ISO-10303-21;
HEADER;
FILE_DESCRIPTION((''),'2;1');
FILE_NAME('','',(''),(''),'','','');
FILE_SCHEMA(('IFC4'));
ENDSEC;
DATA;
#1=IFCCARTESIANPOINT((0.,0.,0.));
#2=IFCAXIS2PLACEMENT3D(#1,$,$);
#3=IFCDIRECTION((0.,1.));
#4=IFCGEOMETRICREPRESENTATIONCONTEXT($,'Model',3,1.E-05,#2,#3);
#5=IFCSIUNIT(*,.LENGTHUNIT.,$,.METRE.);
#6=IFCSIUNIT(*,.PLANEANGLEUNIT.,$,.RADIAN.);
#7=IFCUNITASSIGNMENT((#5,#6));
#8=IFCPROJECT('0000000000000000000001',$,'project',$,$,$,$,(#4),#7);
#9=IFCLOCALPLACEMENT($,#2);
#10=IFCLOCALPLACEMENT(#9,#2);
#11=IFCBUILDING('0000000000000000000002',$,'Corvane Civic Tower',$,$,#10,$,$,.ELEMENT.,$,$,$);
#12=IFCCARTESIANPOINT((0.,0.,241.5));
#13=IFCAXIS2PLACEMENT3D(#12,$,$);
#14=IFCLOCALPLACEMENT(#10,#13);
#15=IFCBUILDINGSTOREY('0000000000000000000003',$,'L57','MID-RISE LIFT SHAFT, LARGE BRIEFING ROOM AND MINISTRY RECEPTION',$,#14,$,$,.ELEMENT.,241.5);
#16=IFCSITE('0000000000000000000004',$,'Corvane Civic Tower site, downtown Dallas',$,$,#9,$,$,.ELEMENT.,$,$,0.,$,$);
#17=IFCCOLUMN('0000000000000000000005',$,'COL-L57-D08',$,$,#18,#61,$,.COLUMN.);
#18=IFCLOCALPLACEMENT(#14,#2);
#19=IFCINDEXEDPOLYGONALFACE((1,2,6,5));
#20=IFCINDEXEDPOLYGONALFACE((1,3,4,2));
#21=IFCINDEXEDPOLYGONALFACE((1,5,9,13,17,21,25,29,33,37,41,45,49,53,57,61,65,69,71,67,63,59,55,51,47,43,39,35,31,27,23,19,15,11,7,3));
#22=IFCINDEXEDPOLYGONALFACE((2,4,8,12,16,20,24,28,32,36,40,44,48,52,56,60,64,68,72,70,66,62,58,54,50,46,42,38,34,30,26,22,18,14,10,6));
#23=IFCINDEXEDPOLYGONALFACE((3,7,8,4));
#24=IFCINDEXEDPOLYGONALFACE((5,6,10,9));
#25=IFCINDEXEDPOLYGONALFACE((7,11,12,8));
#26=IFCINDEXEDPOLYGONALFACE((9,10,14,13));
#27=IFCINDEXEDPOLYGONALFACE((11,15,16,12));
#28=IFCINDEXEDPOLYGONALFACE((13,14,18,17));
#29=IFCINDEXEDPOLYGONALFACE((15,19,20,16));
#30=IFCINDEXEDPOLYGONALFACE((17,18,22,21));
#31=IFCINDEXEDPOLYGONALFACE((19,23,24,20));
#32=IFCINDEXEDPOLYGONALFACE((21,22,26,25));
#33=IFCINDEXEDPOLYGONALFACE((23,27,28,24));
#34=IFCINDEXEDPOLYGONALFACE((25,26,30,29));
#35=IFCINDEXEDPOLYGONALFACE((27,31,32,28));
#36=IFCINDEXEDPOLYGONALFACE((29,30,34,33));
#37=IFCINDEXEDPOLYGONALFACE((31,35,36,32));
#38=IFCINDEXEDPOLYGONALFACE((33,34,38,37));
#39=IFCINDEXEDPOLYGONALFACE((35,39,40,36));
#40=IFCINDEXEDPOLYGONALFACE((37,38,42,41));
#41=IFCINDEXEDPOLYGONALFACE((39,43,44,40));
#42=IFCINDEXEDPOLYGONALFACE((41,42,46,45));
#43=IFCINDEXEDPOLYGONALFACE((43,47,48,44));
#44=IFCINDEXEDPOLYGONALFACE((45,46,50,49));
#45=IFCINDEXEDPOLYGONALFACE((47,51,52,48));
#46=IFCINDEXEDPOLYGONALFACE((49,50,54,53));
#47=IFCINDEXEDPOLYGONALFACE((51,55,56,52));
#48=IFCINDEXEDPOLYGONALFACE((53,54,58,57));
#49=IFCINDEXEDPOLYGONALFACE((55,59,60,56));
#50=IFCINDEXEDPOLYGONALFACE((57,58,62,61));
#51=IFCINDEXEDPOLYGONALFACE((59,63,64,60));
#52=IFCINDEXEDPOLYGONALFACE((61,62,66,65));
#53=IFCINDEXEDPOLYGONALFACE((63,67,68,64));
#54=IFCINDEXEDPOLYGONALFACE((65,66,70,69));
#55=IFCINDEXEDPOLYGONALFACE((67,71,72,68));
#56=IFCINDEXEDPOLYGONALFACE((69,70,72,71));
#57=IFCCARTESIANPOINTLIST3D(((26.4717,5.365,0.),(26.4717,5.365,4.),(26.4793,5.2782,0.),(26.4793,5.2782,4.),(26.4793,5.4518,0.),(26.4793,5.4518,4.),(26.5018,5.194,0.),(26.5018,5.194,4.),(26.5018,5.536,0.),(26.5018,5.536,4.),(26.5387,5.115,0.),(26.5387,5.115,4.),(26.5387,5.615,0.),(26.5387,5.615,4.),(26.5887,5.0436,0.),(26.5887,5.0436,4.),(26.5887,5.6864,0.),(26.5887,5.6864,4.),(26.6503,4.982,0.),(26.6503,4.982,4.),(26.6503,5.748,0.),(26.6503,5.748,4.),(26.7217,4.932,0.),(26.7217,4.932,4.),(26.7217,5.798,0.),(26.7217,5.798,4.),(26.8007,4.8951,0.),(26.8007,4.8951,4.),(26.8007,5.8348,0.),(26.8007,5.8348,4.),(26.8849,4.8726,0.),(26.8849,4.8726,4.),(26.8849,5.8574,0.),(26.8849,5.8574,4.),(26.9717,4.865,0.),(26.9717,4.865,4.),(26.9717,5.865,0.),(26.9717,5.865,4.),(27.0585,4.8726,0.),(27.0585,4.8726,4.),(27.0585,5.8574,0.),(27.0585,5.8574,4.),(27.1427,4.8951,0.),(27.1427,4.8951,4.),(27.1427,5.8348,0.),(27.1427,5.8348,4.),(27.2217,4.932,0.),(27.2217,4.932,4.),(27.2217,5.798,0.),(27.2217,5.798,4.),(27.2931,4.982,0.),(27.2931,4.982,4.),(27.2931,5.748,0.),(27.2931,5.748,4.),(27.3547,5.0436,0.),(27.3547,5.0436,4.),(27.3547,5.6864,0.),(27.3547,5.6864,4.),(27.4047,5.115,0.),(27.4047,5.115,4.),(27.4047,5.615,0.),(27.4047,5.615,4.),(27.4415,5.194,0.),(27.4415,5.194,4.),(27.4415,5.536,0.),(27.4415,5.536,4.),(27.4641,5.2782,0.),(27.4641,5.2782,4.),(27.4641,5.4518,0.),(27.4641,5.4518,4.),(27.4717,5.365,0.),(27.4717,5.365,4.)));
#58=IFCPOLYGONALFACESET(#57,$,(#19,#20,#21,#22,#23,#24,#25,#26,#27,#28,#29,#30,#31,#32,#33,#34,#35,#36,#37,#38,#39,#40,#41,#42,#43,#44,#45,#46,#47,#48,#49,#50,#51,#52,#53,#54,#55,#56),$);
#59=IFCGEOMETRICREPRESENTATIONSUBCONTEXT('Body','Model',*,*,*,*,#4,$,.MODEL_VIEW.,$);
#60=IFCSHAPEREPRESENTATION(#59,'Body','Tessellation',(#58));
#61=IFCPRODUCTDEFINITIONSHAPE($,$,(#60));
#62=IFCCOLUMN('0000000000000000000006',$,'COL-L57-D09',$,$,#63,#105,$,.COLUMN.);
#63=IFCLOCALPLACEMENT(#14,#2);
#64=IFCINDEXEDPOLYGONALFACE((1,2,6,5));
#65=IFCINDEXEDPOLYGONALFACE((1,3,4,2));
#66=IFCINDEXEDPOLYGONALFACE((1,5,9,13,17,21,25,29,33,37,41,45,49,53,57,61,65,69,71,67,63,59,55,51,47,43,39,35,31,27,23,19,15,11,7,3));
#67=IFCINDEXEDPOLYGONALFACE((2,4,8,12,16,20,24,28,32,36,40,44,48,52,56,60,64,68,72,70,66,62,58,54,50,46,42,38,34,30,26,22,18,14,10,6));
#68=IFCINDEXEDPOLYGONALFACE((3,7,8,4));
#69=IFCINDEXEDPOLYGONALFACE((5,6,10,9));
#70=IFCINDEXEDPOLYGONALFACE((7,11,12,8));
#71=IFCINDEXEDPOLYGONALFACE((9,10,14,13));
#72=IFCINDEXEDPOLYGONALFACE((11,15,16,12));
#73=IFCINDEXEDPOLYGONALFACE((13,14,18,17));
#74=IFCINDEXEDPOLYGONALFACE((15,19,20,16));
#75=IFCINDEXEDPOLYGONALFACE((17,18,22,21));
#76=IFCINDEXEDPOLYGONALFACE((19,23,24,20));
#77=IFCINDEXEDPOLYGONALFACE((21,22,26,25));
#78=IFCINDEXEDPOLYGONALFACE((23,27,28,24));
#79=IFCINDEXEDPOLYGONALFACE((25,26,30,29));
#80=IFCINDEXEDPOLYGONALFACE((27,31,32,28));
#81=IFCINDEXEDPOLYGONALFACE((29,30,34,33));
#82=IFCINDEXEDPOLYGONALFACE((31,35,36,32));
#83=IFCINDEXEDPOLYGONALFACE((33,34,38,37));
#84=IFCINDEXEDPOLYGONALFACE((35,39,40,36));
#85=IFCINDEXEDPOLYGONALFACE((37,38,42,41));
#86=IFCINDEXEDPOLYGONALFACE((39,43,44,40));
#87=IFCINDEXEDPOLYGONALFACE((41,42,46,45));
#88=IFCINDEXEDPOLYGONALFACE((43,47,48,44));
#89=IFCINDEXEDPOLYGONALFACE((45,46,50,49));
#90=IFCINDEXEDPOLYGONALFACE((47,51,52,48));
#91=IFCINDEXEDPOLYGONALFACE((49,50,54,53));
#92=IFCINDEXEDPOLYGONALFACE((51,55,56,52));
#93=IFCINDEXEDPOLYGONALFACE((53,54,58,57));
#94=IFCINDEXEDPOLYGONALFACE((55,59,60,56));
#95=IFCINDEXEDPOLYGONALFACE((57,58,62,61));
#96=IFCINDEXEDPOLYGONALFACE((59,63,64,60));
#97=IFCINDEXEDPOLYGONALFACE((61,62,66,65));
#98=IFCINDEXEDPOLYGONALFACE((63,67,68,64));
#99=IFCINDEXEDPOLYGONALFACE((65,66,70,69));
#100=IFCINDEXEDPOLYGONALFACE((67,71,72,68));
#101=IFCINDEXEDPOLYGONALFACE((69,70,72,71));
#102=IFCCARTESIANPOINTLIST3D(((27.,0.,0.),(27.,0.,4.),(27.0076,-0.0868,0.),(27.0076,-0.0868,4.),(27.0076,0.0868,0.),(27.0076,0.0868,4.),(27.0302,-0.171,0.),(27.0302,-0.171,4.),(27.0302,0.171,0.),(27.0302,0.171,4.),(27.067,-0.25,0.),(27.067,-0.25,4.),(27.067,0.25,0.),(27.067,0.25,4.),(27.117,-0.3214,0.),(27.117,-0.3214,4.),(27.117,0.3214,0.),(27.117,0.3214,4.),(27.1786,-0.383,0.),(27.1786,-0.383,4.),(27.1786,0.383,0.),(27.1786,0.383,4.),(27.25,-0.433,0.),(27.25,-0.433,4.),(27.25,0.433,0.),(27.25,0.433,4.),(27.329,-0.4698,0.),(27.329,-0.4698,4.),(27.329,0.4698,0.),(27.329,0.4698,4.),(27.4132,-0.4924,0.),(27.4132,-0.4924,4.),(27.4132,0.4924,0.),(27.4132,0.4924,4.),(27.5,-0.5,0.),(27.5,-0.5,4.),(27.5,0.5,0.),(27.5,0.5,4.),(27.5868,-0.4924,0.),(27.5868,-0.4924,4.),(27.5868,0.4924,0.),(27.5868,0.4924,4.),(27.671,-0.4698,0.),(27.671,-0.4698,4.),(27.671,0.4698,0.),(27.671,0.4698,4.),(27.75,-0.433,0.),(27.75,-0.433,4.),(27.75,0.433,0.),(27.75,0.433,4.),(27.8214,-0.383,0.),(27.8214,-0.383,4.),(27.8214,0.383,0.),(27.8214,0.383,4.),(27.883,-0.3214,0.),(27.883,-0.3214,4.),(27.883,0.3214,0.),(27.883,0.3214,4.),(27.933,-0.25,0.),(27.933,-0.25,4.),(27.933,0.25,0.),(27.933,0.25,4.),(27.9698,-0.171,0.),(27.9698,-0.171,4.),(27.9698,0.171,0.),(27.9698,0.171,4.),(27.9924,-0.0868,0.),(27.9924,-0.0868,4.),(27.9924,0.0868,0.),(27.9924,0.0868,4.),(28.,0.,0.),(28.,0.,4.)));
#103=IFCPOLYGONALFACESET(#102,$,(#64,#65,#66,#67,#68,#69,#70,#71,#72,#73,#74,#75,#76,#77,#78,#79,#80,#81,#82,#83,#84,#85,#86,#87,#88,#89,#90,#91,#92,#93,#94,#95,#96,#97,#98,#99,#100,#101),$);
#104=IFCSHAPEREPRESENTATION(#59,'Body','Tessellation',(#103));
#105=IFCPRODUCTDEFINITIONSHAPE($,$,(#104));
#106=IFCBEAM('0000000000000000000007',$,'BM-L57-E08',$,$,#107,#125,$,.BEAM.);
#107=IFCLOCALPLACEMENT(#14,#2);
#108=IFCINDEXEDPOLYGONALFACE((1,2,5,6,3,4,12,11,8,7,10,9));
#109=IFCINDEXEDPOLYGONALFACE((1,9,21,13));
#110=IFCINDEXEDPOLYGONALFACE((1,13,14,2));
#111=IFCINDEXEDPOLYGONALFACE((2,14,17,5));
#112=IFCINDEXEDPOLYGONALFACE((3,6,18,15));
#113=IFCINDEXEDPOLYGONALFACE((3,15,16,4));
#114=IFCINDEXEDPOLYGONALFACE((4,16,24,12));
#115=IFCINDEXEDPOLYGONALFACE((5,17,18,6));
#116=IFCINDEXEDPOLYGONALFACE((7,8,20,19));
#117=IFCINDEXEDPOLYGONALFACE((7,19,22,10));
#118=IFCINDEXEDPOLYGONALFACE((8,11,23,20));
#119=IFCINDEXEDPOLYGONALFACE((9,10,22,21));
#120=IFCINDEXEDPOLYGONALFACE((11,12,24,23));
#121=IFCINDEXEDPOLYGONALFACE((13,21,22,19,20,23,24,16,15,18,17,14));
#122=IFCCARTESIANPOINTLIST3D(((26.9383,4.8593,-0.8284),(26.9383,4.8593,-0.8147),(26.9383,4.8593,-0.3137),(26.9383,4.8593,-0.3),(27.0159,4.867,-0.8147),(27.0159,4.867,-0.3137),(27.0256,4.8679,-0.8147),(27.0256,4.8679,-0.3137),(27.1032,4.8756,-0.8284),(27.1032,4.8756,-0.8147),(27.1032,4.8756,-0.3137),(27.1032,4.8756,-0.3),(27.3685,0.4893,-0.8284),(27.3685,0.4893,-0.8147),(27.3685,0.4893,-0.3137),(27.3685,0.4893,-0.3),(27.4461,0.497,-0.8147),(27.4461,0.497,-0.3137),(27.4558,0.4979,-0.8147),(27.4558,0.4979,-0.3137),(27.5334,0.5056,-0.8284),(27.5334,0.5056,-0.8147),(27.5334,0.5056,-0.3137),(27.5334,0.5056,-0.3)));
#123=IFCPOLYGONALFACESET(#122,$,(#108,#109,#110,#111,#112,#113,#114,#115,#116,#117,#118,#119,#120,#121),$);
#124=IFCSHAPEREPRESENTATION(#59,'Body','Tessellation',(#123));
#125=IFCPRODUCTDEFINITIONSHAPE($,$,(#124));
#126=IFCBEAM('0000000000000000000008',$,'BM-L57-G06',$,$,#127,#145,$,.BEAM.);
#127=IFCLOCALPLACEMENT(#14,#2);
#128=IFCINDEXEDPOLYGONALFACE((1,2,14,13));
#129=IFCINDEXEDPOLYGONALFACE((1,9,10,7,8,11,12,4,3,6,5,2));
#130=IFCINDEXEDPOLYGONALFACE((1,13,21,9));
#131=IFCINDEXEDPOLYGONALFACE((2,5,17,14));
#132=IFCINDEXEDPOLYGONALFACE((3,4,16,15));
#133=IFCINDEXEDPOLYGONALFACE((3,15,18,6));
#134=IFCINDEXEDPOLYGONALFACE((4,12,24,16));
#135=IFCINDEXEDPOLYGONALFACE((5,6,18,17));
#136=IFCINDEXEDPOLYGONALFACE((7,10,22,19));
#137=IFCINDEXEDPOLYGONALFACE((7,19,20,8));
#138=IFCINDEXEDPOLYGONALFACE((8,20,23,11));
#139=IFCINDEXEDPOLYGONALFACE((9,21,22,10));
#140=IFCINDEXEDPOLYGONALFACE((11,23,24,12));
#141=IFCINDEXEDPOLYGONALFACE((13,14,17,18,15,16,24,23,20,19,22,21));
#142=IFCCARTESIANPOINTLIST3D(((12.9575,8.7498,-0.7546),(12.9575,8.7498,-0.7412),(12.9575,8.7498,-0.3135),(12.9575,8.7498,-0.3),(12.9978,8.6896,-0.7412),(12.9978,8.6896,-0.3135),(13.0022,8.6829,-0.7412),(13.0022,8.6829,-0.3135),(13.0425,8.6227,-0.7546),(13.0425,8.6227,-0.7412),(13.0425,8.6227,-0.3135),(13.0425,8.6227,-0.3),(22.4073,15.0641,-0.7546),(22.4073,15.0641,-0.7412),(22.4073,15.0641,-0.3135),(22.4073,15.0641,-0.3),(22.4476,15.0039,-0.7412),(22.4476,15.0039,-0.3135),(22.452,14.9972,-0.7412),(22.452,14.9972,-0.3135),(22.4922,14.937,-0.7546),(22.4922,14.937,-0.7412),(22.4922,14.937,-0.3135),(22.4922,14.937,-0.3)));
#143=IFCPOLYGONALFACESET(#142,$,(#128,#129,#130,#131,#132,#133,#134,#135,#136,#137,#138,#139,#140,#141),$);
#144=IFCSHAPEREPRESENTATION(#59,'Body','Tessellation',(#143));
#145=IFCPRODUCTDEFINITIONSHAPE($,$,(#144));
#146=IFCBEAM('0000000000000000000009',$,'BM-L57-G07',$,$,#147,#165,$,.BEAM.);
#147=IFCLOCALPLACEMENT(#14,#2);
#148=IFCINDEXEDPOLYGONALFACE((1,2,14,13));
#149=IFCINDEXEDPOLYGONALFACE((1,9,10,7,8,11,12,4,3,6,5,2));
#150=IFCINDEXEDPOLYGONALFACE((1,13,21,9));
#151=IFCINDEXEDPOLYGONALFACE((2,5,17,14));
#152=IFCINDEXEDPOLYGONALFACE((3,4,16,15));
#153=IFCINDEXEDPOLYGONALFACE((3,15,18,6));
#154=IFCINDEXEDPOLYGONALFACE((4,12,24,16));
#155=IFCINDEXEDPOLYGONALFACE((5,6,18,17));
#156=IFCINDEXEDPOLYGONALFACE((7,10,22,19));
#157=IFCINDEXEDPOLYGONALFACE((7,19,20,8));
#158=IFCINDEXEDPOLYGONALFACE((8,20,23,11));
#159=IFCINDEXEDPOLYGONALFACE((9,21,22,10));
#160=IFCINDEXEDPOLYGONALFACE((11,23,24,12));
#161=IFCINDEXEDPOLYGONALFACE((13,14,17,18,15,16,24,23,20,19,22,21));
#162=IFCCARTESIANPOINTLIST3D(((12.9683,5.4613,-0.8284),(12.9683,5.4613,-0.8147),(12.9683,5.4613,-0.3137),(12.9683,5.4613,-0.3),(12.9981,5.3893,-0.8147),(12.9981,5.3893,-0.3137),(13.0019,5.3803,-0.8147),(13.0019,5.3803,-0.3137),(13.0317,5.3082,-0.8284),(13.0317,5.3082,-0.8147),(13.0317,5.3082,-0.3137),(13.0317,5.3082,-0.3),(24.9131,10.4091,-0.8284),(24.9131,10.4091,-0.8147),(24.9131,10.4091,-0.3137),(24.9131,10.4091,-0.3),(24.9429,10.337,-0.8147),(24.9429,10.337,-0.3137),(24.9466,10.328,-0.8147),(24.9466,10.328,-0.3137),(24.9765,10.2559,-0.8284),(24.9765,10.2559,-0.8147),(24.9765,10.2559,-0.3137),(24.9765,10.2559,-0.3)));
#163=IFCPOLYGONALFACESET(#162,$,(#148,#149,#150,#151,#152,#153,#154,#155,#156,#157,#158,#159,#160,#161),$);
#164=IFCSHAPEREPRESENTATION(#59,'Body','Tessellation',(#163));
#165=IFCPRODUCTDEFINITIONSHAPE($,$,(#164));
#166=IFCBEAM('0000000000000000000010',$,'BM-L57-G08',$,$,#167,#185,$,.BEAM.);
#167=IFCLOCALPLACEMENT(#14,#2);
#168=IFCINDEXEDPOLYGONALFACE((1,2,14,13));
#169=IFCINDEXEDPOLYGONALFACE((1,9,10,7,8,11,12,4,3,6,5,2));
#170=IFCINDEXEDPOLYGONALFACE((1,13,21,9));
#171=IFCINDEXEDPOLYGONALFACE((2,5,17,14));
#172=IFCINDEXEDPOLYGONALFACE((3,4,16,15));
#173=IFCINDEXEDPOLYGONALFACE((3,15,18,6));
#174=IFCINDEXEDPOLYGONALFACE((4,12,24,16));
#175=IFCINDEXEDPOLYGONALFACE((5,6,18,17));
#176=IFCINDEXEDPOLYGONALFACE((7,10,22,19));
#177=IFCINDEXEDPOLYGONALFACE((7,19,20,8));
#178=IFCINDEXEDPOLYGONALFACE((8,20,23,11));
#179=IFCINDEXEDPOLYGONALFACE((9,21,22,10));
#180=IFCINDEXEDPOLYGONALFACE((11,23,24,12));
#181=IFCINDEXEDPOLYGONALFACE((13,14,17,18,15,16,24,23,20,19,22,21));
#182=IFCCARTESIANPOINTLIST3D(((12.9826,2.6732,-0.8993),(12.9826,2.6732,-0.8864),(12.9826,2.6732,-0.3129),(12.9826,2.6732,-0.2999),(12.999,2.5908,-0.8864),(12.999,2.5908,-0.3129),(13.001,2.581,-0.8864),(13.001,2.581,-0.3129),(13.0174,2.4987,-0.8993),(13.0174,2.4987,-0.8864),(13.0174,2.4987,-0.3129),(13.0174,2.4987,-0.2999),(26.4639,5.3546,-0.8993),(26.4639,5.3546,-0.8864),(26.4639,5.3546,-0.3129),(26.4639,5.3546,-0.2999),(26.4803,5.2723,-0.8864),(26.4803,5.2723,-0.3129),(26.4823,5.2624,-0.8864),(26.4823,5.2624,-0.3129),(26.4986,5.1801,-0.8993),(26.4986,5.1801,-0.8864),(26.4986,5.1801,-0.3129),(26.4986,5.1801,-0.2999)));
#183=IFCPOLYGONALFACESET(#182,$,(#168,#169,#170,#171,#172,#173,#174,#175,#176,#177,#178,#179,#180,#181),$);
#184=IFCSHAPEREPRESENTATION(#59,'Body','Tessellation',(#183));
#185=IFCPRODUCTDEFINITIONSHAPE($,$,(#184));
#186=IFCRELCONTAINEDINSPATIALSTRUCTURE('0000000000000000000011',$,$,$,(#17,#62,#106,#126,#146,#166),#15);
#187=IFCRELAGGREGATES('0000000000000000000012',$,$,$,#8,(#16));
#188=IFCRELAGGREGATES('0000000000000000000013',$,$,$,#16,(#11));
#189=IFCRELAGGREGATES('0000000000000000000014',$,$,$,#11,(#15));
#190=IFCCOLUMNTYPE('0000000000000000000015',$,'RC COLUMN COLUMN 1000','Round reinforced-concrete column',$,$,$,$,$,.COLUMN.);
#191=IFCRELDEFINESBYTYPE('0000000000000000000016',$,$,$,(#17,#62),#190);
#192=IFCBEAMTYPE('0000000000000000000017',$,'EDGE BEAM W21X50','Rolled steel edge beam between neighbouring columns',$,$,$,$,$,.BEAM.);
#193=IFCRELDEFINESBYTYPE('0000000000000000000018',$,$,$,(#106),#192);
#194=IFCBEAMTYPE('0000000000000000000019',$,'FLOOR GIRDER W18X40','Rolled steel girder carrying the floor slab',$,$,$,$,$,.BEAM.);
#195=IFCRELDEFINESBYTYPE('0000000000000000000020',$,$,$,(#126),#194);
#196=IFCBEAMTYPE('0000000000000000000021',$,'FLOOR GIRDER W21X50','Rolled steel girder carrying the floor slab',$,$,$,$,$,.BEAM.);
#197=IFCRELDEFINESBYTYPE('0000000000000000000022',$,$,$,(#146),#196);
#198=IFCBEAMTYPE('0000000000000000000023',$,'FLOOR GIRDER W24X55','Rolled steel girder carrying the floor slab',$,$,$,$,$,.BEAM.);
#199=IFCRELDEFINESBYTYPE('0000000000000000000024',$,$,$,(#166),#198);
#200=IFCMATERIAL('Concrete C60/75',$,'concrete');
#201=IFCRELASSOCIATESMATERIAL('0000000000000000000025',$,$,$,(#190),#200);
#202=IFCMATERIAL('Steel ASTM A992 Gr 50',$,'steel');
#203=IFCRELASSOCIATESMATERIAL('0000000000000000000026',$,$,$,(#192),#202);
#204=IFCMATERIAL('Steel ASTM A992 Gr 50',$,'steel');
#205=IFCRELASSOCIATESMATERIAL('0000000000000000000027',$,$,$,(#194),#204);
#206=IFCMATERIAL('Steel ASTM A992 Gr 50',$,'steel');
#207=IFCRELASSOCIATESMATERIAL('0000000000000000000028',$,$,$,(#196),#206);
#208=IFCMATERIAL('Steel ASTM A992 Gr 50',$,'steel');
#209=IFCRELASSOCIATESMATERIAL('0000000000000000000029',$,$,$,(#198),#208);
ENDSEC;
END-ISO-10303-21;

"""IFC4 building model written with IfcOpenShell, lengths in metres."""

from ifc_helpers import new_model, si_unit, direction, frame, origin, origin_2d, place, context, subcontext, project, spatial, circle, i_section, extrude, material, material_profile, profile_set, type_object, element, save


model = new_model("IFC4")

# Units and contexts
model_context = context("Model", 3, precision=1e-05, world=origin(), true_north=direction((0.0, 1.0)))
body_context = subcontext(model_context, "Body", "Model", "MODEL_VIEW")
ifc_project = project(units=[si_unit("LENGTHUNIT", "METRE"), si_unit("PLANEANGLEUNIT", "RADIAN")], contexts=[model_context])

# Site, building, storey
site_placement = place(None, origin())
site = spatial("IfcSite", under=ifc_project, at=site_placement, Name="Corvane Civic Tower site, downtown Dallas", CompositionType="ELEMENT", RefElevation=0.0)
building_placement = place(site_placement, origin())
building = spatial("IfcBuilding", under=site, at=building_placement, Name="Corvane Civic Tower", CompositionType="ELEMENT")
storey_placement = place(building_placement, frame((0.0, 0.0, 241.5)))
storey = spatial("IfcBuildingStorey", under=building, at=storey_placement, Name="L57", Description="MID-RISE LIFT SHAFT, LARGE BRIEFING ROOM AND MINISTRY RECEPTION", CompositionType="ELEMENT", Elevation=241.5)

# Columns
ifc_material_1 = material(Name="Concrete C60/75", Category="concrete")
ifc_material_profile_1 = material_profile(ifc_material_1, circle(Radius=0.5, at=origin_2d()), Name="COLUMN 1000")
ifc_profile_set_1 = profile_set([ifc_material_profile_1], Name="Concrete C60/75")
column_type = type_object("IfcColumnType", Name="RC COLUMN COLUMN 1000", Description="Round reinforced-concrete column", PredefinedType="COLUMN", material=ifc_profile_set_1)
for number, where, z_axis, x_axis, name in (
    (1, (26.9717, 5.365, 0.0), (0.0, 0.0, 1.0), (1.0, 0.0, 0.0), "COL-L57-D08"),
    (2, (27.5, 0.0, 0.0), (0.0, 0.0, 1.0), (1.0, 0.0, 0.0), "COL-L57-D09"),
):
    element("IfcColumn", number, at=place(storey_placement, frame(where, z_axis=z_axis, x_axis=x_axis)), inside=storey, type_object=column_type, Name=name, PredefinedType="COLUMN", context=body_context, shape_type="SweptSolid", body=[
        extrude(circle(Radius=0.5, at=origin_2d()), origin(), (0.0, 0.0, 1.0), 4.0),
    ])

# Beams
ifc_material_2 = material(Name="Steel ASTM A992 Gr 50", Category="steel")
ifc_material_profile_2 = material_profile(ifc_material_2, i_section(OverallWidth=0.1658, OverallDepth=0.5283, WebThickness=0.0098, FlangeThickness=0.0137, at=origin_2d()), Name="W21X50")
ifc_profile_set_2 = profile_set([ifc_material_profile_2], Name="Steel ASTM A992 Gr 50")
beam_type_1 = type_object("IfcBeamType", Name="EDGE BEAM W21X50", Description="Rolled steel edge beam between neighbouring columns", PredefinedType="BEAM", material=ifc_profile_set_2)
beam_1_placement = place(storey_placement, frame((27.0208, 4.8674, -0.5642), z_axis=(0.097968, -0.99519, 0.0), x_axis=(0.99519, 0.097968, 0.0)))
element("IfcBeam", 3, at=beam_1_placement, inside=storey, type_object=beam_type_1, Name="BM-L57-E08", PredefinedType="BEAM", context=body_context, shape_type="SweptSolid", body=[
    extrude(i_section(OverallWidth=0.1658, OverallDepth=0.5283, WebThickness=0.0098, FlangeThickness=0.0137, at=origin_2d()), origin(), (0.0, 0.0, 1.0), 4.3911),
])
ifc_material_3 = material(Name="Steel ASTM A992 Gr 50", Category="steel")
ifc_material_profile_3 = material_profile(ifc_material_3, i_section(OverallWidth=0.1528, OverallDepth=0.4546, WebThickness=0.0081, FlangeThickness=0.0134, at=origin_2d()), Name="W18X40")
ifc_profile_set_3 = profile_set([ifc_material_profile_3], Name="Steel ASTM A992 Gr 50")
beam_type_2 = type_object("IfcBeamType", Name="FLOOR GIRDER W18X40", Description="Rolled steel girder carrying the floor slab", PredefinedType="BEAM", material=ifc_profile_set_3)
beam_2_placement = place(storey_placement, frame((13.0, 8.6863, -0.5273), z_axis=(0.831465, 0.555577, 0.0), x_axis=(-0.555577, 0.831465, 0.0)))
element("IfcBeam", 4, at=beam_2_placement, inside=storey, type_object=beam_type_2, Name="BM-L57-G06", PredefinedType="BEAM", context=body_context, shape_type="SweptSolid", body=[
    extrude(i_section(OverallWidth=0.1528, OverallDepth=0.4546, WebThickness=0.0081, FlangeThickness=0.0134, at=origin_2d()), origin(), (0.0, 0.0, 1.0), 11.3652),
])
ifc_material_4 = material(Name="Steel ASTM A992 Gr 50", Category="steel")
ifc_material_profile_4 = material_profile(ifc_material_4, i_section(OverallWidth=0.1658, OverallDepth=0.5283, WebThickness=0.0098, FlangeThickness=0.0137, at=origin_2d()), Name="W21X50")
ifc_profile_set_4 = profile_set([ifc_material_profile_4], Name="Steel ASTM A992 Gr 50")
beam_type_3 = type_object("IfcBeamType", Name="FLOOR GIRDER W21X50", Description="Rolled steel girder carrying the floor slab", PredefinedType="BEAM", material=ifc_profile_set_4)
beam_3_placement = place(storey_placement, frame((13.0, 5.3848, -0.5642), z_axis=(0.923878, 0.382686, 0.0), x_axis=(-0.382686, 0.923878, 0.0)))
element("IfcBeam", 5, at=beam_3_placement, inside=storey, type_object=beam_type_3, Name="BM-L57-G07", PredefinedType="BEAM", context=body_context, shape_type="SweptSolid", body=[
    extrude(i_section(OverallWidth=0.1658, OverallDepth=0.5283, WebThickness=0.0098, FlangeThickness=0.0137, at=origin_2d()), origin(), (0.0, 0.0, 1.0), 12.929),
])
ifc_material_5 = material(Name="Steel ASTM A992 Gr 50", Category="steel")
ifc_material_profile_5 = material_profile(ifc_material_5, i_section(OverallWidth=0.178, OverallDepth=0.5994, WebThickness=0.01, FlangeThickness=0.0129, at=origin_2d()), Name="W24X55")
ifc_profile_set_5 = profile_set([ifc_material_profile_5], Name="Steel ASTM A992 Gr 50")
beam_type_4 = type_object("IfcBeamType", Name="FLOOR GIRDER W24X55", Description="Rolled steel girder carrying the floor slab", PredefinedType="BEAM", material=ifc_profile_set_5)
beam_4_placement = place(storey_placement, frame((13.0, 2.5859, -0.5996), z_axis=(0.980788, 0.195078, 0.0), x_axis=(-0.195078, 0.980788, 0.0)))
element("IfcBeam", 6, at=beam_4_placement, inside=storey, type_object=beam_type_4, Name="BM-L57-G08", PredefinedType="BEAM", context=body_context, shape_type="SweptSolid", body=[
    extrude(i_section(OverallWidth=0.178, OverallDepth=0.5994, WebThickness=0.01, FlangeThickness=0.0129, at=origin_2d()), origin(), (0.0, 0.0, 1.0), 13.7454),
])

save(model, "model.ifc")
